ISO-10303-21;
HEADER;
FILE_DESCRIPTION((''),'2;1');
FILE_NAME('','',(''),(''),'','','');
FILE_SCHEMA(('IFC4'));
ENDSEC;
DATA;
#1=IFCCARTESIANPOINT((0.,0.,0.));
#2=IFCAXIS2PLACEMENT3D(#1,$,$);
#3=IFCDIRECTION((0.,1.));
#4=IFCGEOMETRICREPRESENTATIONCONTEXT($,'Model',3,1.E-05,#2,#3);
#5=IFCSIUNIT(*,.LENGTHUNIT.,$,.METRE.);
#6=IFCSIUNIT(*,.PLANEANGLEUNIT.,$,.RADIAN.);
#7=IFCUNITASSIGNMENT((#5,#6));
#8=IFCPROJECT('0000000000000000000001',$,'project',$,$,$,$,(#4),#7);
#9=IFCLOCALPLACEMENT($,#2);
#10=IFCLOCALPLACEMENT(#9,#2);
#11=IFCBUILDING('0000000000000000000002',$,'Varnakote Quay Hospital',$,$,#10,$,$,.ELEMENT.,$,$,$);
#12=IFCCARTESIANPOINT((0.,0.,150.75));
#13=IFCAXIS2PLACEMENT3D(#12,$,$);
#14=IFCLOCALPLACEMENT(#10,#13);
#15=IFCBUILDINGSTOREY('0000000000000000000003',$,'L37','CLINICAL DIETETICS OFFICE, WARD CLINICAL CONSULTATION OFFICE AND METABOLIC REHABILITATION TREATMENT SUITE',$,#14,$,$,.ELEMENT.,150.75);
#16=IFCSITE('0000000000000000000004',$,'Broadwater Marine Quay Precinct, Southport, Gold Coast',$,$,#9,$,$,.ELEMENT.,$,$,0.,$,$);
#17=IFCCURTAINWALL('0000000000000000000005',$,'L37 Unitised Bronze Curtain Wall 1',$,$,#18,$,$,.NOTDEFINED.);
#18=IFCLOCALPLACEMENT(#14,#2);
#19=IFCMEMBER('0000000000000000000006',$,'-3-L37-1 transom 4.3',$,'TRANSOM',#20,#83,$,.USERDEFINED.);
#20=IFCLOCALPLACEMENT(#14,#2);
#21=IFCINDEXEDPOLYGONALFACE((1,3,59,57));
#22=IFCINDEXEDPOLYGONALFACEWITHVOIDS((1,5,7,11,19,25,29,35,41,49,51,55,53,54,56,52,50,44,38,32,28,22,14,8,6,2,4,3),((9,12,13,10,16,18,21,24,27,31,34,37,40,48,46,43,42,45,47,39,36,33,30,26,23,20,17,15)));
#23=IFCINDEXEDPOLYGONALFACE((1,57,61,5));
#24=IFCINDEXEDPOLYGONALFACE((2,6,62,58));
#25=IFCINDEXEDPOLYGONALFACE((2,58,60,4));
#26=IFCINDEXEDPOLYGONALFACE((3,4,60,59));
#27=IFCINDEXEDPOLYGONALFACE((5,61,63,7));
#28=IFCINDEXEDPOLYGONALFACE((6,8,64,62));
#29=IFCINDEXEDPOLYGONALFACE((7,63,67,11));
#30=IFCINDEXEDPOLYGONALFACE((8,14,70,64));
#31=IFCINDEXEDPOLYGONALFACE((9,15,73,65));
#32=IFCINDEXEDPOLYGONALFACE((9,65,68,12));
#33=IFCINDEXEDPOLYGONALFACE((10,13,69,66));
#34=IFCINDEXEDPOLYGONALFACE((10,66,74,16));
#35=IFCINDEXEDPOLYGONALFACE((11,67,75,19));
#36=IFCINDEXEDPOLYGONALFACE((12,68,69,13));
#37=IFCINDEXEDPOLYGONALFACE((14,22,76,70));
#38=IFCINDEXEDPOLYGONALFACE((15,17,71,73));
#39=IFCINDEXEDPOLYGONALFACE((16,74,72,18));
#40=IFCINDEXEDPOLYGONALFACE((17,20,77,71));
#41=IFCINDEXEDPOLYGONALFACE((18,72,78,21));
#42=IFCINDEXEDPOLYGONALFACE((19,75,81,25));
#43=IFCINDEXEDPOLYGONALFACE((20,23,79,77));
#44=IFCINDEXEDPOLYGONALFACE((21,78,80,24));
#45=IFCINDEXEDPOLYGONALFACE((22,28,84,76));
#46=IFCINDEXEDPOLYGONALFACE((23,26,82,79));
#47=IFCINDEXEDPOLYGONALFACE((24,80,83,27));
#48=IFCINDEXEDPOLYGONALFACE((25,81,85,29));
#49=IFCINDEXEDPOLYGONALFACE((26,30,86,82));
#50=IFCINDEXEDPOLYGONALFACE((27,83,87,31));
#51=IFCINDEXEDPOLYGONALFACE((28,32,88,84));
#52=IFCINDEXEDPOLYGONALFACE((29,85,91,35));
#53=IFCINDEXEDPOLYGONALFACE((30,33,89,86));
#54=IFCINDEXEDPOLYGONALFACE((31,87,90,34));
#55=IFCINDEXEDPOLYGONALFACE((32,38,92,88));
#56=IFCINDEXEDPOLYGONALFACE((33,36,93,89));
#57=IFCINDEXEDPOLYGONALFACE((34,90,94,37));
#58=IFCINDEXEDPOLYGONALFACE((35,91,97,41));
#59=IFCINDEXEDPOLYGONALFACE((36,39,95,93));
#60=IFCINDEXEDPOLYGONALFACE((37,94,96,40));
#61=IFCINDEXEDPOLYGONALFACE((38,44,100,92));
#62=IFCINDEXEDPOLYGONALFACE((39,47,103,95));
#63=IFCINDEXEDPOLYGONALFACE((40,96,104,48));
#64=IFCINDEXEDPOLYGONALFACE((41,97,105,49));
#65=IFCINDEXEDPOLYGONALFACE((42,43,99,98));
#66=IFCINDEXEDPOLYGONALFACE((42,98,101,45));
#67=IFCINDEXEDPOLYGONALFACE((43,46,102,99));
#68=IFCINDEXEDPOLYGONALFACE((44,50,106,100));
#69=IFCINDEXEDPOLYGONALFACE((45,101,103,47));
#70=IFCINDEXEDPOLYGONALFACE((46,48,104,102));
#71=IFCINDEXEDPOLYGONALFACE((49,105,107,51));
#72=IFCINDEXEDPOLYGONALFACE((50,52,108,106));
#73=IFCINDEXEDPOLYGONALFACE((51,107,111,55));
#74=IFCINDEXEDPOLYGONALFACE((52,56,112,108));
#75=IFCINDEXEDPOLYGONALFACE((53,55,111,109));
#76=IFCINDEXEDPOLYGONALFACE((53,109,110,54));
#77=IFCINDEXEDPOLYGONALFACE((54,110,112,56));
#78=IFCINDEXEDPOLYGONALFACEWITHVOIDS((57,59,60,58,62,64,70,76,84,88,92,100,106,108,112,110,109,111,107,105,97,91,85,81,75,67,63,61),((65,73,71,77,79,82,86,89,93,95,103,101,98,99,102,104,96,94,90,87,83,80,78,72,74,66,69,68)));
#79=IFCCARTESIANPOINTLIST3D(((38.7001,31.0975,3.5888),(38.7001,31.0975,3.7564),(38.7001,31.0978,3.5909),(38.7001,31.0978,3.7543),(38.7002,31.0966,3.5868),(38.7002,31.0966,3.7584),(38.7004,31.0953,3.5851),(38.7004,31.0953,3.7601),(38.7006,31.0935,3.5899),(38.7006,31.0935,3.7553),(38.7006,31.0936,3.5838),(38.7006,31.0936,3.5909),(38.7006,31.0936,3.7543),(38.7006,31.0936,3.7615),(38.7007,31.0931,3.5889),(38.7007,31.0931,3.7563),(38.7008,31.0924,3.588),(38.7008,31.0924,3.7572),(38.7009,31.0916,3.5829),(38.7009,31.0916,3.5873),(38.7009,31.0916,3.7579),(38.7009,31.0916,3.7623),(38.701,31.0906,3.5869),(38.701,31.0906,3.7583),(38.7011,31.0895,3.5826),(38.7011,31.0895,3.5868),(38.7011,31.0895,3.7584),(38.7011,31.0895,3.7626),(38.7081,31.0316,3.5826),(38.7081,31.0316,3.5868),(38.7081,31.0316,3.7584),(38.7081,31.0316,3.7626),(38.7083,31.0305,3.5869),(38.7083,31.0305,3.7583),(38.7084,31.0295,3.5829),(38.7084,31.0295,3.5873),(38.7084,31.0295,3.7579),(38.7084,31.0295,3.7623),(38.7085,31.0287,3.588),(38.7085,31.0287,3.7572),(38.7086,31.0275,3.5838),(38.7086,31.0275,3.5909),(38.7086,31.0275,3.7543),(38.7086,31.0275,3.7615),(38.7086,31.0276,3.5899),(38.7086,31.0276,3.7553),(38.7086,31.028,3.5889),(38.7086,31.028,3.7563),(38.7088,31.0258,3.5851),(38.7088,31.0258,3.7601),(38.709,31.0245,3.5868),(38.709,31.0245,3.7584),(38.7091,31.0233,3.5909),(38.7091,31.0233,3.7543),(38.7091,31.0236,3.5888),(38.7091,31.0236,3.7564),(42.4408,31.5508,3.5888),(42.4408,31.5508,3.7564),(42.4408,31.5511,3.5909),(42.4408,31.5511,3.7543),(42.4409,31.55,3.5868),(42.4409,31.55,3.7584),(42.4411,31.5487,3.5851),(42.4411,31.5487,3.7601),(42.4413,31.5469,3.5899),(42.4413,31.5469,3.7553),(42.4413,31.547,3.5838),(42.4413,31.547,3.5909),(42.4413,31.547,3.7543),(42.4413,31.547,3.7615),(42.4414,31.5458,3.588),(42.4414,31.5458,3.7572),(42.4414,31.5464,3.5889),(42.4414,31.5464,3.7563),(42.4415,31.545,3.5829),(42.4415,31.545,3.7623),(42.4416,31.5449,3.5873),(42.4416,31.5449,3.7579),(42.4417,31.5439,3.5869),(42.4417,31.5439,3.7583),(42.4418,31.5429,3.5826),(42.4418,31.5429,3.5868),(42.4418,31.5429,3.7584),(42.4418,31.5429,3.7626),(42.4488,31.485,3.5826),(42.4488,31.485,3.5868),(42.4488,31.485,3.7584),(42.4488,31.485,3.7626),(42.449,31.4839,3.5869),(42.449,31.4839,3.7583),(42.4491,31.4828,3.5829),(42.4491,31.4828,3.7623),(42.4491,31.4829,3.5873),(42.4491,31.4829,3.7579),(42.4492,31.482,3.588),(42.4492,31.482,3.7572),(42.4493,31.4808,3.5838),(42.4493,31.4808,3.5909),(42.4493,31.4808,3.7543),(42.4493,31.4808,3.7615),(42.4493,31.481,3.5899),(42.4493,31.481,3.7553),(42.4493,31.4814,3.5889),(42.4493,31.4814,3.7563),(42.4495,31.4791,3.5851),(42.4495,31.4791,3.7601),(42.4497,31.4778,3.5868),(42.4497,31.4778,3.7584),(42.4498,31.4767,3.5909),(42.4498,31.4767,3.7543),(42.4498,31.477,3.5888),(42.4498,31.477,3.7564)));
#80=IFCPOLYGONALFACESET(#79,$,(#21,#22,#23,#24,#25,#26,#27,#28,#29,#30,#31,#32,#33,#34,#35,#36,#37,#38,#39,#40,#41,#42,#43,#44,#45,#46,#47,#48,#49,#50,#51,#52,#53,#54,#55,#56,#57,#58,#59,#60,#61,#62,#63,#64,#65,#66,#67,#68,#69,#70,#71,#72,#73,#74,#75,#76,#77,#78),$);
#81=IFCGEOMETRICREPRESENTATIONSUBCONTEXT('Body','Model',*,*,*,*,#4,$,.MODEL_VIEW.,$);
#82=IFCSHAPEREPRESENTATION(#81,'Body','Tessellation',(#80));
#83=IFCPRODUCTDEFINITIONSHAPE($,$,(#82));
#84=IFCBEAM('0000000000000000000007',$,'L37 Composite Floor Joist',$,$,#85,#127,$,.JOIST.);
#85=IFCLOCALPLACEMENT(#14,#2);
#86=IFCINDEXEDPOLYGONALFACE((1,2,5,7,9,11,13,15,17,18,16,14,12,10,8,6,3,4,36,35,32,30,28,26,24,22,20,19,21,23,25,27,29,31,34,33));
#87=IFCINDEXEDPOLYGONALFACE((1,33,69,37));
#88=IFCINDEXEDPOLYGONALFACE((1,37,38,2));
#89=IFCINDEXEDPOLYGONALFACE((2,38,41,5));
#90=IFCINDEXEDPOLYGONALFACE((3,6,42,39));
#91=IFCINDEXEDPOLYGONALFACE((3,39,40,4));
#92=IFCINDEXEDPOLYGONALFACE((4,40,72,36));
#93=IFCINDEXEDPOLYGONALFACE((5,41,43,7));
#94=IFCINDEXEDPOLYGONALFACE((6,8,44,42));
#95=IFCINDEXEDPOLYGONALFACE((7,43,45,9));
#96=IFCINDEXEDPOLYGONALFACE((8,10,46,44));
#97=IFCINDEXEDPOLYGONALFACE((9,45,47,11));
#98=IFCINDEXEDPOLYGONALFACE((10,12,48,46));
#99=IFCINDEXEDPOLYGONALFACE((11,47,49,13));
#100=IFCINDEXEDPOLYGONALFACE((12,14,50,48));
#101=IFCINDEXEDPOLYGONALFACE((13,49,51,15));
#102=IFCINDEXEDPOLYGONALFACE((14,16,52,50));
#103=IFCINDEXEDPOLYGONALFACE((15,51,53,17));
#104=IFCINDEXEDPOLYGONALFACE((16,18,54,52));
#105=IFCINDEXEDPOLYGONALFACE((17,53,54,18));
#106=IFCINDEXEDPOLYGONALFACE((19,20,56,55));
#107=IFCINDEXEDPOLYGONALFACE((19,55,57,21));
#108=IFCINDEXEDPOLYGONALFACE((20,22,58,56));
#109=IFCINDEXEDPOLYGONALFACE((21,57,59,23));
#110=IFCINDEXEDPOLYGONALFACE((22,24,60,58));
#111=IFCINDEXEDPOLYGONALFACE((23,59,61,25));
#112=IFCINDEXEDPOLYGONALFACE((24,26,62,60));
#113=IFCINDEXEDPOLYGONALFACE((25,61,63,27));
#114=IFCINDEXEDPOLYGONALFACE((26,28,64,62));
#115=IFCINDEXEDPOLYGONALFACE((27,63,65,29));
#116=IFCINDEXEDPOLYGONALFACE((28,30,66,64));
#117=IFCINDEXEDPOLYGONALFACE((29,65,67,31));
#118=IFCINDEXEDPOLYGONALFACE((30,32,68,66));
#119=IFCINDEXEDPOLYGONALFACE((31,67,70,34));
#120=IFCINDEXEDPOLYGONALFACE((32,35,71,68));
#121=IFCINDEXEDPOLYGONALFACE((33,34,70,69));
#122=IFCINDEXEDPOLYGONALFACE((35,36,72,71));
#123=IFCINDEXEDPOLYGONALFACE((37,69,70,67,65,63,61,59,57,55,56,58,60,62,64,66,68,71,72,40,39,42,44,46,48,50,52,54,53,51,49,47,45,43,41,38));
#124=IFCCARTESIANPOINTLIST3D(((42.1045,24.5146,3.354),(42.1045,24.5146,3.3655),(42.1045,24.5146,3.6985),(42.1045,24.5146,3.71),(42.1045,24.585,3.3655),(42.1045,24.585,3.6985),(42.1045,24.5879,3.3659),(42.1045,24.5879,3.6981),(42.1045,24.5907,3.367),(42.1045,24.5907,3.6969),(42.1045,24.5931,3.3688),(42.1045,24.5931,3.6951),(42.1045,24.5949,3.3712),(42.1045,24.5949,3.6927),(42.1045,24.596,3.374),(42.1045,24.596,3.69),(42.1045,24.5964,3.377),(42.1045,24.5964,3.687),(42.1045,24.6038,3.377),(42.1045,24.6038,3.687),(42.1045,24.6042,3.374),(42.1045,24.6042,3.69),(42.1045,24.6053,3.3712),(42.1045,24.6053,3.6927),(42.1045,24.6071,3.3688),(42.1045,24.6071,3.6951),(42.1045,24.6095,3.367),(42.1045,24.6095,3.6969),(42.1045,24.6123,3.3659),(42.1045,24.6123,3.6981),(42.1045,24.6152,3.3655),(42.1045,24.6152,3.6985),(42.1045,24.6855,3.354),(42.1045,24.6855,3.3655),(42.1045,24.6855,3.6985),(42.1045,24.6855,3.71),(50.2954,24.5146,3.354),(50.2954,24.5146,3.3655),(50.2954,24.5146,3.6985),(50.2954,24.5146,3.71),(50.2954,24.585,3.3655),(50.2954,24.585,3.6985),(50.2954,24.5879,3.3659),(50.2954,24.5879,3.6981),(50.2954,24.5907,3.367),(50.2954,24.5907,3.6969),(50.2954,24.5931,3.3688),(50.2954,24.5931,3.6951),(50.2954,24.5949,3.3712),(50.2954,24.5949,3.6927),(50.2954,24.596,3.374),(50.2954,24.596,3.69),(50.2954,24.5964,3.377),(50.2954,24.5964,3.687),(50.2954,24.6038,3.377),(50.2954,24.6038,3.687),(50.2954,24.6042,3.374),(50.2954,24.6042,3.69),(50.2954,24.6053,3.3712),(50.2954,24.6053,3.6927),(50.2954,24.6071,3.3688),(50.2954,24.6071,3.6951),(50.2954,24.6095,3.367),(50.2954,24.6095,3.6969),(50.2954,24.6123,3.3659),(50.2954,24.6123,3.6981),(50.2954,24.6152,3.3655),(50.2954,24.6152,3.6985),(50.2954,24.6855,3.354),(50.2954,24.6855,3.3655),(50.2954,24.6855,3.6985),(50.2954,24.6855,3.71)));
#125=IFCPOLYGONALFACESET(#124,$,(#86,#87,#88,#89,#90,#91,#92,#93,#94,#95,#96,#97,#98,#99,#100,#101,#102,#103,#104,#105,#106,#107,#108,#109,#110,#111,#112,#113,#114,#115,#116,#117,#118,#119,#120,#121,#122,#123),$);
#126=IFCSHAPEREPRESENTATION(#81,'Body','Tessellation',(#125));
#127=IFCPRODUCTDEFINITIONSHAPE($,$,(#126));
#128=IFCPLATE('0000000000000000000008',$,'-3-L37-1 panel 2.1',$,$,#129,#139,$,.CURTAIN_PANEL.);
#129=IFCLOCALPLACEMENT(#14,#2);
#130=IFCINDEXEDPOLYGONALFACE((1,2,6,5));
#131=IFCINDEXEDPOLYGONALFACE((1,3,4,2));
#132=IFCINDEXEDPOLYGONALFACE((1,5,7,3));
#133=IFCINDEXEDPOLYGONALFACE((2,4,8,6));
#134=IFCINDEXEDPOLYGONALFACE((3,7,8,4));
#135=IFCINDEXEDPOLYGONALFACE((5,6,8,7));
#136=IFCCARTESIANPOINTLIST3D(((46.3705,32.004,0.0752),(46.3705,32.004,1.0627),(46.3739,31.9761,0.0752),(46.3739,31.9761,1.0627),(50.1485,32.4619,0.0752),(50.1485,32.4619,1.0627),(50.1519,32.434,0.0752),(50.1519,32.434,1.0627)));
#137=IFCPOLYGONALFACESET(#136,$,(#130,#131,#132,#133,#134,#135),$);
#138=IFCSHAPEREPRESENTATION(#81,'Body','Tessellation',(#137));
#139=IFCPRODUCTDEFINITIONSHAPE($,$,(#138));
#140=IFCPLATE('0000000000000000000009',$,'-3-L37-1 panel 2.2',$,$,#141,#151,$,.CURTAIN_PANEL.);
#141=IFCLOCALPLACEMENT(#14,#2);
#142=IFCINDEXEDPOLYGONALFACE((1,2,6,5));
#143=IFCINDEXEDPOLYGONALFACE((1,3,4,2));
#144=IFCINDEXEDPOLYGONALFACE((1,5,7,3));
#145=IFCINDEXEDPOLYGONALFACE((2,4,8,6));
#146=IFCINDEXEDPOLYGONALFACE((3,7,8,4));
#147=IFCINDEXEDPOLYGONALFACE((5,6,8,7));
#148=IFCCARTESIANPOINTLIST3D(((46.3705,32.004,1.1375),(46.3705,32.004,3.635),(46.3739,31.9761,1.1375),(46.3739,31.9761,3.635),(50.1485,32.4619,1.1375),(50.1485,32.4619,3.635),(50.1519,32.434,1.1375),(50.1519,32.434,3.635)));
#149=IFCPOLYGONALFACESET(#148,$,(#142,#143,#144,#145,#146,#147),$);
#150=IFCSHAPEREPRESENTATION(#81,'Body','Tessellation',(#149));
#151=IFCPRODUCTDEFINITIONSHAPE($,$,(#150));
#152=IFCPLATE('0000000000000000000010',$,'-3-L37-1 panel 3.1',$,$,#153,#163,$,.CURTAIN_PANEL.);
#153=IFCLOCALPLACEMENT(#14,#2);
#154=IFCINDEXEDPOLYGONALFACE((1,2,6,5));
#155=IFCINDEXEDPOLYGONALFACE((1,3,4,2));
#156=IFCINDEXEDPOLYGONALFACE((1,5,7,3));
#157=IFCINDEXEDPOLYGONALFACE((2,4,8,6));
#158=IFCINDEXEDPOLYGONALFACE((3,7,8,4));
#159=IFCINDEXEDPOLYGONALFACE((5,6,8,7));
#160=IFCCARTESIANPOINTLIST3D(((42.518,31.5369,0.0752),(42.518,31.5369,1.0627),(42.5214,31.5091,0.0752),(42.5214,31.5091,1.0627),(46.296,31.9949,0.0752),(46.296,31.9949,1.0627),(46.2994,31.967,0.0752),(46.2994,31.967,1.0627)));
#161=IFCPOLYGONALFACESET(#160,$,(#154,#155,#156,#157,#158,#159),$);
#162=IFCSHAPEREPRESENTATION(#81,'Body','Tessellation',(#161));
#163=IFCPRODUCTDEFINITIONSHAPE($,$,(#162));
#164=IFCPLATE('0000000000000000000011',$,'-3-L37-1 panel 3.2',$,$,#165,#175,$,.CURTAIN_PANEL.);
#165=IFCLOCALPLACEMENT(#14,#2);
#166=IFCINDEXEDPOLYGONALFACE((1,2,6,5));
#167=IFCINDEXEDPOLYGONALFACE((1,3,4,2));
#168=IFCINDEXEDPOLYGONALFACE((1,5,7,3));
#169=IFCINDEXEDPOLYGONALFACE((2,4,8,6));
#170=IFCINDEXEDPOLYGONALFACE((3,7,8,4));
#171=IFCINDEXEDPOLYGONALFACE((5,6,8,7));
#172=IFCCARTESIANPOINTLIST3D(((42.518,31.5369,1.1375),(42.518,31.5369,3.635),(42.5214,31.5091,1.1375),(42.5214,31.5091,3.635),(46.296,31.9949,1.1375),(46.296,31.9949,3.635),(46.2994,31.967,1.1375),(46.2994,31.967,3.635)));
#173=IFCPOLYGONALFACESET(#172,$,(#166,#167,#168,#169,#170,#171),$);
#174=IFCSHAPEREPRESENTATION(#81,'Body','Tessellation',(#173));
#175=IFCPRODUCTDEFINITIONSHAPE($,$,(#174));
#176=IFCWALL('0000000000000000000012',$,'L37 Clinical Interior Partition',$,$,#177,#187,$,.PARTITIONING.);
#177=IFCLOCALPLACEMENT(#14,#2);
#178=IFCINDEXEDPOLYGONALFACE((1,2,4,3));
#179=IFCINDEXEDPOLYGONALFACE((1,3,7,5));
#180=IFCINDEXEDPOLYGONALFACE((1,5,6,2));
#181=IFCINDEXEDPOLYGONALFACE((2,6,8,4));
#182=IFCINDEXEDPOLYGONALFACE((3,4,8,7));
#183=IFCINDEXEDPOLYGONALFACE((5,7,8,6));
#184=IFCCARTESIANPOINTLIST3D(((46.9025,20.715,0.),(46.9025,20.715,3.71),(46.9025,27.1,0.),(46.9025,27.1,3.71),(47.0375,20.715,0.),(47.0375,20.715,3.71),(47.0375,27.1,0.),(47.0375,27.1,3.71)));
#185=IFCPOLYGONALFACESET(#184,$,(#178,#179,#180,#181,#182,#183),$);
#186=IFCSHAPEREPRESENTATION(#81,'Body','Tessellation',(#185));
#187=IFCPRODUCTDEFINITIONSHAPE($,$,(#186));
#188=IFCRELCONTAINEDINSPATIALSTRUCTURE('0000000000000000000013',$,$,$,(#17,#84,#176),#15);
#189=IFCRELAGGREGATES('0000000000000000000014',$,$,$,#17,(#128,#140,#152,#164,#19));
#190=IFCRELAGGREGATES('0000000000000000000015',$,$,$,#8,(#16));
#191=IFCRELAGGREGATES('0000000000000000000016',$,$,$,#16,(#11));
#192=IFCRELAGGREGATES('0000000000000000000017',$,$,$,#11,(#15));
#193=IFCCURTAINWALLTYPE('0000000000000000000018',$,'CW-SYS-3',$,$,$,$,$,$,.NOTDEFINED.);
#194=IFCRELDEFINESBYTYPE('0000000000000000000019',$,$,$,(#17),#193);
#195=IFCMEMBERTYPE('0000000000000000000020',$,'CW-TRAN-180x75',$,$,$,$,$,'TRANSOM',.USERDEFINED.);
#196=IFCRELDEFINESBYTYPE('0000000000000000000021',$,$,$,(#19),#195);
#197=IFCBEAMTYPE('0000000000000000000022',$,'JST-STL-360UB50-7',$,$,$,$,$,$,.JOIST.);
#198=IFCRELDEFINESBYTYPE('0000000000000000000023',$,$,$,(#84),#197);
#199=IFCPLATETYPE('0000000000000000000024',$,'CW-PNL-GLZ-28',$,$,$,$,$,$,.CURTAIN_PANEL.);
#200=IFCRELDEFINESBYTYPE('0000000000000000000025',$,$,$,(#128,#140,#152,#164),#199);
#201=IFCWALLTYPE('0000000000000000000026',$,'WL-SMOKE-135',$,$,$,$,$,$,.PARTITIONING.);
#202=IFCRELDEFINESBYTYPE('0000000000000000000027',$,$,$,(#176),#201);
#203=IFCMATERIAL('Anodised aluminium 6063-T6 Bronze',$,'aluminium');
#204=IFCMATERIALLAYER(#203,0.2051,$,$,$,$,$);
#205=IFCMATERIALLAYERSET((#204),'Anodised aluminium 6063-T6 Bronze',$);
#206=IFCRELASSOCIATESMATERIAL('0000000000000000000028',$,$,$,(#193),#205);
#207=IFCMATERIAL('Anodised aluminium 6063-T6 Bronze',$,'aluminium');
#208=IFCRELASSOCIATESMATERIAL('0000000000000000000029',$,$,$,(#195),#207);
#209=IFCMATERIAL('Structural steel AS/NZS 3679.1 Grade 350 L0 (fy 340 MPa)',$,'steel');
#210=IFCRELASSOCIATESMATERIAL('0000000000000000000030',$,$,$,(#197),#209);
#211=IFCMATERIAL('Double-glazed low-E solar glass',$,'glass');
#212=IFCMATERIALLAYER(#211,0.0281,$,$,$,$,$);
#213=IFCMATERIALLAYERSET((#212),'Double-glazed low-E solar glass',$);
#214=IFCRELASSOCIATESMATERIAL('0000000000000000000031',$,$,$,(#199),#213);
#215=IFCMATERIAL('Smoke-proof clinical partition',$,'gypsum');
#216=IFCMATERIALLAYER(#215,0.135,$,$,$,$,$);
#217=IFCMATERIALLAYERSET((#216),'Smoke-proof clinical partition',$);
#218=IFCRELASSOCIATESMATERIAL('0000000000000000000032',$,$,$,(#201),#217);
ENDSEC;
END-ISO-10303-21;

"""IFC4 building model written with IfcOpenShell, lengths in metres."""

from ifc_helpers import new_model, si_unit, direction, frame, frame_2d, origin, origin_2d, place, context, subcontext, project, spatial, rectangle, hollow_rectangle, i_section, extrude, material, layer, layer_set, material_profile, profile_set, type_object, element, aggregate, save


model = new_model("IFC4")

# Units and contexts
model_context = context("Model", 3, precision=1e-05, world=origin(), true_north=direction((0.0, 1.0)))
body_context = subcontext(model_context, "Body", "Model", "MODEL_VIEW")
ifc_project = project(units=[si_unit("LENGTHUNIT", "METRE"), si_unit("PLANEANGLEUNIT", "RADIAN")], contexts=[model_context])

# Site, building, storey
site_placement = place(None, origin())
site = spatial("IfcSite", under=ifc_project, at=site_placement, Name="Broadwater Marine Quay Precinct, Southport, Gold Coast", CompositionType="ELEMENT", RefElevation=0.0)
building_placement = place(site_placement, origin())
building = spatial("IfcBuilding", under=site, at=building_placement, Name="Varnakote Quay Hospital", CompositionType="ELEMENT")
storey_placement = place(building_placement, frame((0.0, 0.0, 150.75)))
storey = spatial("IfcBuildingStorey", under=building, at=storey_placement, Name="L37", Description="CLINICAL DIETETICS OFFICE, WARD CLINICAL CONSULTATION OFFICE AND METABOLIC REHABILITATION TREATMENT SUITE", CompositionType="ELEMENT", Elevation=150.75)

# Curtain wall, member
ifc_material_1 = material(Name="Anodised aluminium 6063-T6 Bronze", Category="aluminium")
ifc_layer_1 = layer(ifc_material_1, 0.2051)
ifc_layer_set_1 = layer_set([ifc_layer_1], Name="Anodised aluminium 6063-T6 Bronze")
curtain_wall_type = type_object("IfcCurtainWallType", Name="CW-SYS-3", PredefinedType="NOTDEFINED", material=ifc_layer_set_1)
curtain_wall_placement = place(storey_placement, origin())
curtain_wall = element("IfcCurtainWall", 1, at=curtain_wall_placement, inside=storey, type_object=curtain_wall_type, Name="L37 Unitised Bronze Curtain Wall 1", PredefinedType="NOTDEFINED")
ifc_material_2 = material(Name="Anodised aluminium 6063-T6 Bronze", Category="aluminium")
ifc_material_profile_1 = material_profile(ifc_material_2, hollow_rectangle(XDim=0.075, YDim=0.1799, WallThickness=0.0042, InnerFilletRadius=0.0042, OuterFilletRadius=0.0083, at=origin_2d()), Name="CW-TRAN-180x75")
ifc_profile_set_1 = profile_set([ifc_material_profile_1], Name="Anodised aluminium 6063-T6 Bronze")
member_type_1 = type_object("IfcMemberType", Name="CW-TRAN-180x75", ElementType="TRANSOM", PredefinedType="USERDEFINED", material=ifc_profile_set_1)
member_1_placement = place(storey_placement, frame((42.4453, 31.5139, 3.6726), z_axis=(-0.992735, -0.120318, 0.0), x_axis=(0.120318, -0.992735, 0.0)))
member_1 = element("IfcMember", 2, at=member_1_placement, type_object=member_type_1, Name="-3-L37-1 transom 4.3", ObjectType="TRANSOM", PredefinedType="USERDEFINED", context=body_context, shape_type="SweptSolid", body=[
    extrude(hollow_rectangle(XDim=0.075, YDim=0.1799, WallThickness=0.0042, InnerFilletRadius=0.0042, OuterFilletRadius=0.0083, at=origin_2d()), origin(), (0.0, 0.0, 1.0), 3.7681),
])

# Beam
ifc_material_3 = material(Name="Structural steel AS/NZS 3679.1 Grade 350 L0 (fy 340 MPa)", Category="steel")
ifc_material_profile_2 = material_profile(ifc_material_3, i_section(OverallWidth=0.1709, OverallDepth=0.356, WebThickness=0.0073, FlangeThickness=0.0115, FilletRadius=0.0115, at=origin_2d()), Name="360UB50.7")
ifc_profile_set_2 = profile_set([ifc_material_profile_2], Name="Structural steel AS/NZS 3679.1 Grade 350 L0 (fy 340 MPa)")
beam_type_1 = type_object("IfcBeamType", Name="JST-STL-360UB50-7", PredefinedType="JOIST", material=ifc_profile_set_2)
beam_1_placement = place(storey_placement, frame((42.1045, 24.6001, 3.532), z_axis=(1.0, 0.0, 0.0), x_axis=(0.0, 1.0, 0.0)))
element("IfcBeam", 3, at=beam_1_placement, inside=storey, type_object=beam_type_1, Name="L37 Composite Floor Joist", PredefinedType="JOIST", context=body_context, shape_type="SweptSolid", body=[
    extrude(i_section(OverallWidth=0.1709, OverallDepth=0.356, WebThickness=0.0073, FlangeThickness=0.0115, FilletRadius=0.0115, at=origin_2d()), origin(), (0.0, 0.0, 1.0), 8.1909),
])

# Plates
ifc_material_4 = material(Name="Double-glazed low-E solar glass", Category="glass")
ifc_layer_2 = layer(ifc_material_4, 0.0281)
ifc_layer_set_2 = layer_set([ifc_layer_2], Name="Double-glazed low-E solar glass")
plate_type = type_object("IfcPlateType", Name="CW-PNL-GLZ-28", PredefinedType="CURTAIN_PANEL", material=ifc_layer_set_2)
plate_1_placement = place(storey_placement, frame((48.2612, 32.219, 0.0752), z_axis=(0.0, 0.0, 1.0), x_axis=(-0.992734, -0.120327, 0.0)))
plate_1 = element("IfcPlate", 4, at=plate_1_placement, type_object=plate_type, Name="-3-L37-1 panel 2.1", PredefinedType="CURTAIN_PANEL", context=body_context, shape_type="SweptSolid", body=[
    extrude(rectangle(XDim=3.8057, YDim=0.0281, at=origin_2d()), origin(), (0.0, 0.0, 1.0), 0.9875),
])
plate_2_placement = place(storey_placement, frame((48.2612, 32.219, 1.1375), z_axis=(0.0, 0.0, 1.0), x_axis=(-0.992734, -0.120327, 0.0)))
plate_2 = element("IfcPlate", 5, at=plate_2_placement, type_object=plate_type, Name="-3-L37-1 panel 2.2", PredefinedType="CURTAIN_PANEL", context=body_context, shape_type="SweptSolid", body=[
    extrude(rectangle(XDim=3.8057, YDim=0.0281, at=origin_2d()), origin(), (0.0, 0.0, 1.0), 2.4976),
])
plate_3_placement = place(storey_placement, frame((44.4087, 31.752, 0.0752), z_axis=(0.0, 0.0, 1.0), x_axis=(-0.992734, -0.120327, 0.0)))
plate_3 = element("IfcPlate", 6, at=plate_3_placement, type_object=plate_type, Name="-3-L37-1 panel 3.1", PredefinedType="CURTAIN_PANEL", context=body_context, shape_type="SweptSolid", body=[
    extrude(rectangle(XDim=3.8057, YDim=0.0281, at=origin_2d()), origin(), (0.0, 0.0, 1.0), 0.9875),
])
plate_4_placement = place(storey_placement, frame((44.4087, 31.752, 1.1375), z_axis=(0.0, 0.0, 1.0), x_axis=(-0.992734, -0.120327, 0.0)))
plate_4 = element("IfcPlate", 7, at=plate_4_placement, type_object=plate_type, Name="-3-L37-1 panel 3.2", PredefinedType="CURTAIN_PANEL", context=body_context, shape_type="SweptSolid", body=[
    extrude(rectangle(XDim=3.8057, YDim=0.0281, at=origin_2d()), origin(), (0.0, 0.0, 1.0), 2.4976),
])
aggregate(curtain_wall, [plate_1, plate_2, plate_3, plate_4, member_1])

# Wall
ifc_material_5 = material(Name="Smoke-proof clinical partition", Category="gypsum")
ifc_layer_3 = layer(ifc_material_5, 0.135)
ifc_layer_set_3 = layer_set([ifc_layer_3], Name="Smoke-proof clinical partition")
wall_type = type_object("IfcWallType", Name="WL-SMOKE-135", PredefinedType="PARTITIONING", material=ifc_layer_set_3)
wall_1_placement = place(storey_placement, frame((46.97, 20.7151, 0.0), z_axis=(0.0, 0.0, 1.0), x_axis=(0.0, 1.0, 0.0)))
element("IfcWall", 8, at=wall_1_placement, inside=storey, type_object=wall_type, Name="L37 Clinical Interior Partition", PredefinedType="PARTITIONING", context=body_context, shape_type="SweptSolid", body=[
    extrude(rectangle(XDim=6.385, YDim=0.135, at=frame_2d((3.1924, 0.0))), origin(), (0.0, 0.0, 1.0), 3.71),
])

save(model, "model.ifc")
